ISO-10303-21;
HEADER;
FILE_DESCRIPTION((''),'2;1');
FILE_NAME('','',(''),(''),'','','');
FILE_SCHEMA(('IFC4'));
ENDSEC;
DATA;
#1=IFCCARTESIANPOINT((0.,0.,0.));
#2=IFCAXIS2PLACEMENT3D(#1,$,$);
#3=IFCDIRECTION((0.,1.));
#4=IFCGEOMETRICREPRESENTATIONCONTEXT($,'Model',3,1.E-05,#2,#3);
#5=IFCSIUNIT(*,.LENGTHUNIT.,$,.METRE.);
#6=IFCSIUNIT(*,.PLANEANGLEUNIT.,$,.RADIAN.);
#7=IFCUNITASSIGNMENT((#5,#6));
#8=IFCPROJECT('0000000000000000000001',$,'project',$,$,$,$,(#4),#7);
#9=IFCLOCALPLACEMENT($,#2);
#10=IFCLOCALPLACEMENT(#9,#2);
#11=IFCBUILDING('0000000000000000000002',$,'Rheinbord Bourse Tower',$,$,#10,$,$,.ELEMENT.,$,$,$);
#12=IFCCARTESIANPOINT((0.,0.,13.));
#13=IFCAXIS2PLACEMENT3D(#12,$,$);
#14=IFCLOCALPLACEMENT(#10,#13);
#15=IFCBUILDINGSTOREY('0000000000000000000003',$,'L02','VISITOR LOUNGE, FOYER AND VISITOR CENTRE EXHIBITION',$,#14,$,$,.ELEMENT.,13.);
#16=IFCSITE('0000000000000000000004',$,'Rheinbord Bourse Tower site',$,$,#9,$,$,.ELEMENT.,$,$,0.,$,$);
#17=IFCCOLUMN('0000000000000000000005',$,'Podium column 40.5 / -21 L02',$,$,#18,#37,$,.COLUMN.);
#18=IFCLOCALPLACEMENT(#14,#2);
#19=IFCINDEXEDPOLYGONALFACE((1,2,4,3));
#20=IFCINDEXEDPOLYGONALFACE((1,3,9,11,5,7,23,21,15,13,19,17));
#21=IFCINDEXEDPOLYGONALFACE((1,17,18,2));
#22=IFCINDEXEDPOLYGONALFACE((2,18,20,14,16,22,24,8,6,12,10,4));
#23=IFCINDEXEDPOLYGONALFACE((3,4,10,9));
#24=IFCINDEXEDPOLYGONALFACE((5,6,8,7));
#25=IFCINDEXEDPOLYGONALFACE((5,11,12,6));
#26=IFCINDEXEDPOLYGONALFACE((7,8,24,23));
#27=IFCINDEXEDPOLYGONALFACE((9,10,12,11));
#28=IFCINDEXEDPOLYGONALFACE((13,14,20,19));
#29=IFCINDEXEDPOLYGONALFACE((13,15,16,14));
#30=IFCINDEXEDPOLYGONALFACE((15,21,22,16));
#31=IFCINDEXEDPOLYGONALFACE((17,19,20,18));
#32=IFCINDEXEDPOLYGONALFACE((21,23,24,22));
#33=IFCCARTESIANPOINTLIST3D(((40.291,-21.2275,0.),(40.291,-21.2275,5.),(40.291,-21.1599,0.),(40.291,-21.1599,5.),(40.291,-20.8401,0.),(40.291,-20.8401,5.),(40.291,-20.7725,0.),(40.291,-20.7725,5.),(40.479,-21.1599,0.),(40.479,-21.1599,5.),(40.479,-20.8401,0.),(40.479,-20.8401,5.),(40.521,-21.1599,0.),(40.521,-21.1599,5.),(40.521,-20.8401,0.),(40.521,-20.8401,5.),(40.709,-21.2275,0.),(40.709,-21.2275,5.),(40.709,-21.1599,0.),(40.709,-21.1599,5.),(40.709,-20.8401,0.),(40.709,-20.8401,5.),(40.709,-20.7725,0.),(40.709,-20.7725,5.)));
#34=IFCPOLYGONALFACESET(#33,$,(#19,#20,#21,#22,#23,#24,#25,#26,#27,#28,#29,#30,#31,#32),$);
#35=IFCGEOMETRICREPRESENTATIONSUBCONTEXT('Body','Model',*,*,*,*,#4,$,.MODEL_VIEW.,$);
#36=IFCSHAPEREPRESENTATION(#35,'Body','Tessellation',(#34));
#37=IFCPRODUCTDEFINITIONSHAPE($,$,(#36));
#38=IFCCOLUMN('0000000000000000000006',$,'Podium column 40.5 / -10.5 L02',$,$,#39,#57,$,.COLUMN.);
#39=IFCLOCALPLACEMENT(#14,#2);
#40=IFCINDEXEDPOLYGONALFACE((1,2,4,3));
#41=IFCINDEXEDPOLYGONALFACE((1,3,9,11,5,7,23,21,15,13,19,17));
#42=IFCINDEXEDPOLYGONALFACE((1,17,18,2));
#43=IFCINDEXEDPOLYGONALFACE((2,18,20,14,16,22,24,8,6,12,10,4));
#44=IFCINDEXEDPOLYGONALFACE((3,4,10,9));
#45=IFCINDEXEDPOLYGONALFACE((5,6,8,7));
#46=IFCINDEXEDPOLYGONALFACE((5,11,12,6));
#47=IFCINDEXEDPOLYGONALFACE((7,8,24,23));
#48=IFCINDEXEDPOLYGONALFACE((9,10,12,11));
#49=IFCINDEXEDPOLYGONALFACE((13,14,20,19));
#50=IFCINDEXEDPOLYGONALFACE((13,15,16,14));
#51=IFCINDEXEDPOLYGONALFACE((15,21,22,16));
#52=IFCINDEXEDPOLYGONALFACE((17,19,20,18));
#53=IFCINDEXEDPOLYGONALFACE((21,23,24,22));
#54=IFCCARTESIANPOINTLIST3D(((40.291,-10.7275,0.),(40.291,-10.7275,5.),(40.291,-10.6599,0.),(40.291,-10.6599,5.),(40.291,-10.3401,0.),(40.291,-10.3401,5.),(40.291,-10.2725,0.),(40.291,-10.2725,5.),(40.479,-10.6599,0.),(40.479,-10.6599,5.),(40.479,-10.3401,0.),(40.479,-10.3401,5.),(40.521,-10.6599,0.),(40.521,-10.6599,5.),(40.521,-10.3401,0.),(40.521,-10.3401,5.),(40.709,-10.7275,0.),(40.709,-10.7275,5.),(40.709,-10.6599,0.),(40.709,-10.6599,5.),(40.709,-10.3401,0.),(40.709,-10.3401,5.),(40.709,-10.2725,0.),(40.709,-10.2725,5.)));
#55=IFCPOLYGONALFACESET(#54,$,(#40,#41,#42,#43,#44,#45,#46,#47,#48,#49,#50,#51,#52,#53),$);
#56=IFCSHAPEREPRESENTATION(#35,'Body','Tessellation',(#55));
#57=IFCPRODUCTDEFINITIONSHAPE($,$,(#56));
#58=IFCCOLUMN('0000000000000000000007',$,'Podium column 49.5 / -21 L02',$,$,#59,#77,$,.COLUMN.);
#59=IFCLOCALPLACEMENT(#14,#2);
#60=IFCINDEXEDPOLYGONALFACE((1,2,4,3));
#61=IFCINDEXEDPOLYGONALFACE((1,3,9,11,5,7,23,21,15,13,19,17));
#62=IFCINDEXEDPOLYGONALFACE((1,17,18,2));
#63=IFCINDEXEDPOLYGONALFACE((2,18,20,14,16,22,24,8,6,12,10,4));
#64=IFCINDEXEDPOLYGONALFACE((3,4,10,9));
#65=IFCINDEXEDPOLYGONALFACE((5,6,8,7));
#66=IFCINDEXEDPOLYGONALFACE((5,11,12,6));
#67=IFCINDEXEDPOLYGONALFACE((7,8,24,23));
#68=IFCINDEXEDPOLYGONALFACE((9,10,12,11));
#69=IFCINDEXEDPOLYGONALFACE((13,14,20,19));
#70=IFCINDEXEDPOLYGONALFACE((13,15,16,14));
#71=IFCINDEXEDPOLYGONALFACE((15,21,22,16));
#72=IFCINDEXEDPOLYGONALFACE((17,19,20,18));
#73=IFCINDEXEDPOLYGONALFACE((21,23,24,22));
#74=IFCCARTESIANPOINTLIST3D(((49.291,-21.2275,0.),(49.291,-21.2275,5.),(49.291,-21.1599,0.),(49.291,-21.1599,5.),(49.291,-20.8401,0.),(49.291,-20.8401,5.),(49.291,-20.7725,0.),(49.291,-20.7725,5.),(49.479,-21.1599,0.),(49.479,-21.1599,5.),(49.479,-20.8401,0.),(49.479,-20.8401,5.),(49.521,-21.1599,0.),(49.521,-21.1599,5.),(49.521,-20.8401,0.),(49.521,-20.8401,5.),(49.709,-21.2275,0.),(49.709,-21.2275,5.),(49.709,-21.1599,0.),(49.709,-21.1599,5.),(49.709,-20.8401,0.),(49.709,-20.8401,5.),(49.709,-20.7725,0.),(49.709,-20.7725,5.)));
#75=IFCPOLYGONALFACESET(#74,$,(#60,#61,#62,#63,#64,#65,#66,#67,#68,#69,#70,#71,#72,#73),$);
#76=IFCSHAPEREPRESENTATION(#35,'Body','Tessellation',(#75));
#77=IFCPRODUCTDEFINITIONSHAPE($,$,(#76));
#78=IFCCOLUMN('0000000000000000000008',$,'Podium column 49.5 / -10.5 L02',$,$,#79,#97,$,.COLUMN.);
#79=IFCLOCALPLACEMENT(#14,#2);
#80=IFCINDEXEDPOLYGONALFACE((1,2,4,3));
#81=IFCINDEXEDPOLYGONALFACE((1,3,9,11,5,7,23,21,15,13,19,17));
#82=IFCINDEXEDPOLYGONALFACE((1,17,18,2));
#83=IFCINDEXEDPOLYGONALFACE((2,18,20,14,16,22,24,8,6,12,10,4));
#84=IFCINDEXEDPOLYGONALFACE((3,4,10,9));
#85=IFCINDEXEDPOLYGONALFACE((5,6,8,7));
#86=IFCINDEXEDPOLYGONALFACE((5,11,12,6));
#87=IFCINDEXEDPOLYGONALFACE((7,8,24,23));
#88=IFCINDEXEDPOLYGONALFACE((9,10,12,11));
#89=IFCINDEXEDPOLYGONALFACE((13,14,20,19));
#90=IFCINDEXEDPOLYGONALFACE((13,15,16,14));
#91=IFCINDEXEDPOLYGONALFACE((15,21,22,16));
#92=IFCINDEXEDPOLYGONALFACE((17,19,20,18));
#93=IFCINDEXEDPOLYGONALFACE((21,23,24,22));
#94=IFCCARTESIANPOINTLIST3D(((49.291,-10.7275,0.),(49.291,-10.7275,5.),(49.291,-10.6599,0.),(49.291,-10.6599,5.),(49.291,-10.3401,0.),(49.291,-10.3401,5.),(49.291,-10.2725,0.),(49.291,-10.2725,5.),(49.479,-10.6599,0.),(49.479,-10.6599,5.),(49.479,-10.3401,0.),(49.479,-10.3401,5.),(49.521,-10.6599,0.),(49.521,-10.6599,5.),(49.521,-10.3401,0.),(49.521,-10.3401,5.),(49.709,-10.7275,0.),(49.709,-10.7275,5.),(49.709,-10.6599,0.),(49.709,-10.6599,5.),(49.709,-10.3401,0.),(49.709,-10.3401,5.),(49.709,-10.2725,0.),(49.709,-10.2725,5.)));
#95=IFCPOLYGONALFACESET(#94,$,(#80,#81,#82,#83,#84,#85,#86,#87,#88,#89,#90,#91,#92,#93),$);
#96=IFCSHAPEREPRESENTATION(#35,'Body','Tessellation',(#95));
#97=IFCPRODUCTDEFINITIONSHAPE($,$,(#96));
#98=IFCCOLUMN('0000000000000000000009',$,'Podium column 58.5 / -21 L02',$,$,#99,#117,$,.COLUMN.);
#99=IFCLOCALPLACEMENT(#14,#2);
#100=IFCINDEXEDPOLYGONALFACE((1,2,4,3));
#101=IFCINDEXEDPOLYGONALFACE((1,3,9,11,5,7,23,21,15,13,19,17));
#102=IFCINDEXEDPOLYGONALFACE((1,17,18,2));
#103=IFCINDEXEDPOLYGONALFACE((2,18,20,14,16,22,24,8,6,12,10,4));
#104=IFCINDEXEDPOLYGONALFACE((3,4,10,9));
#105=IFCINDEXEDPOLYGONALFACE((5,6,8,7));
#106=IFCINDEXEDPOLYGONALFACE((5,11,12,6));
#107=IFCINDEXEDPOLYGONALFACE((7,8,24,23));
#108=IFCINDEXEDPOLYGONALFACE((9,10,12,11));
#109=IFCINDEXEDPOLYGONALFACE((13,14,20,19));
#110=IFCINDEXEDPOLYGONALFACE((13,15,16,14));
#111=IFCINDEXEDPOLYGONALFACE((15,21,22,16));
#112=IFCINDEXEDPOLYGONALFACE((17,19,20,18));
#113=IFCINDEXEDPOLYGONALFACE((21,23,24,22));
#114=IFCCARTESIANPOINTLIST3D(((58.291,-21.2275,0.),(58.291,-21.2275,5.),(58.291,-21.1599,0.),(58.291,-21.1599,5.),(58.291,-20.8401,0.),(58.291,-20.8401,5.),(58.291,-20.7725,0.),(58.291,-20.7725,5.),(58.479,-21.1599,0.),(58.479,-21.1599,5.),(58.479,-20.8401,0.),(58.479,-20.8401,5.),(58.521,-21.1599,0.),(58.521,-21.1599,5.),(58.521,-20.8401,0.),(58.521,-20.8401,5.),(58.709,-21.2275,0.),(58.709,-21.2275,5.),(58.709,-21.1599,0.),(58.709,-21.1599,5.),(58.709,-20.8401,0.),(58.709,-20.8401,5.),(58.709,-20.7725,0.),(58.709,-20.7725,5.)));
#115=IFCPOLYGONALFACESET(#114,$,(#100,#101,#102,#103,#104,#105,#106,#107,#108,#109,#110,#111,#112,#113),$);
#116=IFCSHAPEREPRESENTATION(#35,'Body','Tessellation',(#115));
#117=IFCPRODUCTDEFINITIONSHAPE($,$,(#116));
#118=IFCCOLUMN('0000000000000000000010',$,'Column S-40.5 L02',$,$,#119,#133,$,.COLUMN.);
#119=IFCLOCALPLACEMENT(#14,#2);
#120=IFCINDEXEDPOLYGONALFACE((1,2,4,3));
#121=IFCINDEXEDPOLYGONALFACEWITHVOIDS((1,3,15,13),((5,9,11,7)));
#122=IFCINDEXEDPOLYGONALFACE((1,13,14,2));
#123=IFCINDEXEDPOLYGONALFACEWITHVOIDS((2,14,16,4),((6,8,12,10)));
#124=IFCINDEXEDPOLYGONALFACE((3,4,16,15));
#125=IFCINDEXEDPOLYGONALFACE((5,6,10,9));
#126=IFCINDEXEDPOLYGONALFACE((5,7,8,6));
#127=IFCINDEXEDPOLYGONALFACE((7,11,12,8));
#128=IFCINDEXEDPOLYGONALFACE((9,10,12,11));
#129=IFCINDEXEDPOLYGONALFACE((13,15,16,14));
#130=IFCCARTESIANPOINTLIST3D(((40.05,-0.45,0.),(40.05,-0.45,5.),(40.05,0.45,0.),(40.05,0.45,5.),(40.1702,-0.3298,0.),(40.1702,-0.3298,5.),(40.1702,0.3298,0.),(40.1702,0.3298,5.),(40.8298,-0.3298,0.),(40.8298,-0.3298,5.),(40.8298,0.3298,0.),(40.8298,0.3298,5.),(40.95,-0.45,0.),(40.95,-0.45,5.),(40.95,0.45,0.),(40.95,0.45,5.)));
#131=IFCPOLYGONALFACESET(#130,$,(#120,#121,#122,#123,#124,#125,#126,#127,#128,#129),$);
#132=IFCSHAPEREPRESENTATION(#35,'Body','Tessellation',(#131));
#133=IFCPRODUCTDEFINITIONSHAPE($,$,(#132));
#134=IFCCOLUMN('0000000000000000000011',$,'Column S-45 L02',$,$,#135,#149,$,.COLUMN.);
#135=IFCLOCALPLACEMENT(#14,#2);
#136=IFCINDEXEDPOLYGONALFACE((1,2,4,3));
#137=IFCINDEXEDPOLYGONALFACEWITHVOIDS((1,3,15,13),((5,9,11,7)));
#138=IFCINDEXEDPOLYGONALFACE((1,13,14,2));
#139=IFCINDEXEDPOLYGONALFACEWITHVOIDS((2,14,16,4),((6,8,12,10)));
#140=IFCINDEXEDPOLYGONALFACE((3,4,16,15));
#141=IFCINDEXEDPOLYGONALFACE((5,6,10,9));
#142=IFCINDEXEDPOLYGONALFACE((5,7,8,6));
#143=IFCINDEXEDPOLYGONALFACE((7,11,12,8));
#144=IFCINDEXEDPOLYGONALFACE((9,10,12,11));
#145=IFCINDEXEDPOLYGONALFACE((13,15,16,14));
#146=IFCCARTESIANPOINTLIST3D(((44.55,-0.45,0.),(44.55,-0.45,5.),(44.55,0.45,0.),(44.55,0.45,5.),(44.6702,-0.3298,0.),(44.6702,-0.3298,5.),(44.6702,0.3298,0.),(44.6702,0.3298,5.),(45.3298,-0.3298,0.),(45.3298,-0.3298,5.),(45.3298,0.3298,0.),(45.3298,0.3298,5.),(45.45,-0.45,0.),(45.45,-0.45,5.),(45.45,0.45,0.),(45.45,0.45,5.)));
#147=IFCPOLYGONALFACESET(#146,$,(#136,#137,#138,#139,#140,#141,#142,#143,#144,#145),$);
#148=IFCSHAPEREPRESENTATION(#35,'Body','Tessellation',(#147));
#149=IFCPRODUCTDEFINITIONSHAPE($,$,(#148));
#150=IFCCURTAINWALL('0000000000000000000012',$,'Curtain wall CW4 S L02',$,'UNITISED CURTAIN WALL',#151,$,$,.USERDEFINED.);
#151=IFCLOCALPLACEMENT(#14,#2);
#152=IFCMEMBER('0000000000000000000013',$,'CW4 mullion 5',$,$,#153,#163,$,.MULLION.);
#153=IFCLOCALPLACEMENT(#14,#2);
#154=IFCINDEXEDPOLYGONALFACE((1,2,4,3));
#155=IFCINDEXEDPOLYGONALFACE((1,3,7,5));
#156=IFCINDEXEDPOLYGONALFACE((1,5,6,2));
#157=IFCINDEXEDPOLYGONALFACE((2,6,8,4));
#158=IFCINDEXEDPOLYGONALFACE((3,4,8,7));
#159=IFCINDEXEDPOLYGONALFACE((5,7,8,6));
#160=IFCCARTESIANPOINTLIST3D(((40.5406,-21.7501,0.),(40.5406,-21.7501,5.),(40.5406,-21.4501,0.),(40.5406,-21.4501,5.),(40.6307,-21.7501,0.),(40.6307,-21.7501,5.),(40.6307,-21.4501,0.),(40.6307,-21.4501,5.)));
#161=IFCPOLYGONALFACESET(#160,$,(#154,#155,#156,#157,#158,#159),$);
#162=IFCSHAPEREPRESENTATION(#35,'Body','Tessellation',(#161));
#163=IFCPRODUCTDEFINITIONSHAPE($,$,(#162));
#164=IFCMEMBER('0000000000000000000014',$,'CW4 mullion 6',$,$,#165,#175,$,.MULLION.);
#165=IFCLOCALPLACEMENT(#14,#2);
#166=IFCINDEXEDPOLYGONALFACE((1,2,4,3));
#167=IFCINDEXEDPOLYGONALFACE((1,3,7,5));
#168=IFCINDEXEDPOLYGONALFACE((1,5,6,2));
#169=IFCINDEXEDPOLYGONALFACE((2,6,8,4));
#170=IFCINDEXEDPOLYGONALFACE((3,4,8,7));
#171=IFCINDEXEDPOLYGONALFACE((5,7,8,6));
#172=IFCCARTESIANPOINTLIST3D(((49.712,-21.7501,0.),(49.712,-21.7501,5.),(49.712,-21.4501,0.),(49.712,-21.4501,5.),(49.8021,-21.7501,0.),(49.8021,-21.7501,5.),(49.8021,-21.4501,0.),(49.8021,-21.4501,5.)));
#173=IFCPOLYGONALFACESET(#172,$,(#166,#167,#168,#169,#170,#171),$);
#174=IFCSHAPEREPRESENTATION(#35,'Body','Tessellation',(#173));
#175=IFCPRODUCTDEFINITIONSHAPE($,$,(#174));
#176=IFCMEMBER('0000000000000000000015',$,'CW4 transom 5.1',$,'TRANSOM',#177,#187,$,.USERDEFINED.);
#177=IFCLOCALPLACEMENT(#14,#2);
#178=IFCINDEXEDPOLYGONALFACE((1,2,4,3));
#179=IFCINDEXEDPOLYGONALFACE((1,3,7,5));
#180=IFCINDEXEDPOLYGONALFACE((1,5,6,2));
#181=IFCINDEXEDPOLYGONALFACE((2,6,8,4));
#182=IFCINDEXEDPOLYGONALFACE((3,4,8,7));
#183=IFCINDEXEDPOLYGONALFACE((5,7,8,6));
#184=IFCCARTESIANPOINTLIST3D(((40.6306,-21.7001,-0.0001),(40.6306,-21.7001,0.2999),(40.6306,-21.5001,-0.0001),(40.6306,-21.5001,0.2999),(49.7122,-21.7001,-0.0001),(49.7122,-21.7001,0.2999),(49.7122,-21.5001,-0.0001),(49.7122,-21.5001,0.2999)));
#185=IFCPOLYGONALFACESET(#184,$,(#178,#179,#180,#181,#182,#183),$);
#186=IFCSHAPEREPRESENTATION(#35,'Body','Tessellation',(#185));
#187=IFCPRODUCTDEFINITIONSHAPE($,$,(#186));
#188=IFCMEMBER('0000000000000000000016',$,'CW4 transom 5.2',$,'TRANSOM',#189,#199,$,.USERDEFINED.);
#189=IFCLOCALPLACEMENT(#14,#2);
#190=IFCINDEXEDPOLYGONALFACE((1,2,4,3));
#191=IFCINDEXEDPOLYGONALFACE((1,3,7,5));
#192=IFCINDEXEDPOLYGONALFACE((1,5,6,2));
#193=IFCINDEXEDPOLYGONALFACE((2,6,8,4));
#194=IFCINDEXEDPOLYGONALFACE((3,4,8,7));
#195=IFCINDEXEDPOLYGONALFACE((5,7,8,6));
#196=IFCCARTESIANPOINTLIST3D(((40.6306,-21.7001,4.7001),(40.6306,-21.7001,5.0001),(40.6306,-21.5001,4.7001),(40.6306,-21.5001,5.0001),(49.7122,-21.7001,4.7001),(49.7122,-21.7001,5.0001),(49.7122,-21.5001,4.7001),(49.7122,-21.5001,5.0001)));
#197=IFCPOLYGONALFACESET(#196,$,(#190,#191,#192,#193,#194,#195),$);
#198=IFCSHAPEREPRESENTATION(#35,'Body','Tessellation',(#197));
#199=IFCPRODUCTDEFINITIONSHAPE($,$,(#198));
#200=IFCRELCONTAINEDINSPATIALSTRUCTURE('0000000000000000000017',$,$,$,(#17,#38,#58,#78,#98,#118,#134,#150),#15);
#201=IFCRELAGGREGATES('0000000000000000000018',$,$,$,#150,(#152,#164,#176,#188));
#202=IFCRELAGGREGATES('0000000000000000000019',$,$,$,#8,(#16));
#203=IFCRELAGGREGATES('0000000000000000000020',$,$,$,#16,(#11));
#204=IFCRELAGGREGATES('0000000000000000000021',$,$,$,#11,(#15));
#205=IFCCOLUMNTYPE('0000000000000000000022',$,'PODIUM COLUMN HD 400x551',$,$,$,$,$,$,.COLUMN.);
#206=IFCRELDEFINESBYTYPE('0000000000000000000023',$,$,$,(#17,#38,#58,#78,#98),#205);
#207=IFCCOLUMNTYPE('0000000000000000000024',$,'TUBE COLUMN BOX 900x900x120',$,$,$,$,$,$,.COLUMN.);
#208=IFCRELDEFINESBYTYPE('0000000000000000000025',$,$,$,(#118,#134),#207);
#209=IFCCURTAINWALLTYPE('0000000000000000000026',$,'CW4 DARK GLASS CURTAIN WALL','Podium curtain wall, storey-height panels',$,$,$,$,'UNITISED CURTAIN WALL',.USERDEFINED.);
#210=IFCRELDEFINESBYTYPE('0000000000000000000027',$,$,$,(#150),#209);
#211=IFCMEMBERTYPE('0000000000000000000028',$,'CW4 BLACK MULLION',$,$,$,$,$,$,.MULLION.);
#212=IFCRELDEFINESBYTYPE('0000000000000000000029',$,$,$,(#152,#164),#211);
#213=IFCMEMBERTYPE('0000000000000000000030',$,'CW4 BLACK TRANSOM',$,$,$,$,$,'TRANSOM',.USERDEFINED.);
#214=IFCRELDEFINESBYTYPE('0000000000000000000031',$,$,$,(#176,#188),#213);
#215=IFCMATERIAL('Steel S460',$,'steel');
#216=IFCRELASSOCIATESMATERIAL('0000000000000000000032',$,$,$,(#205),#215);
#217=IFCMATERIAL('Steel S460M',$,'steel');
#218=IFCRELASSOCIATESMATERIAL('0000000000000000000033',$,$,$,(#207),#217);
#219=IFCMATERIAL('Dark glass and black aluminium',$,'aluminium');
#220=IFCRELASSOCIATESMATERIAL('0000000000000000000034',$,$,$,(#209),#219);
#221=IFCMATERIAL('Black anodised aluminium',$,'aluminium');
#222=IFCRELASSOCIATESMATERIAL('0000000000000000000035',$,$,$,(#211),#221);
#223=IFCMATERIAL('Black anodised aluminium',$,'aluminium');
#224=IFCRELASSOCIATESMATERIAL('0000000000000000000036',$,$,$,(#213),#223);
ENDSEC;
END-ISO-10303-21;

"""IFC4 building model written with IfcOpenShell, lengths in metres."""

from ifc_helpers import new_model, si_unit, direction, frame, origin, origin_2d, place, context, subcontext, project, spatial, rectangle, hollow_rectangle, i_section, extrude, material, material_profile, profile_set, type_object, element, aggregate, save


model = new_model("IFC4")

# Units and contexts
model_context = context("Model", 3, precision=1e-05, world=origin(), true_north=direction((0.0, 1.0)))
body_context = subcontext(model_context, "Body", "Model", "MODEL_VIEW")
ifc_project = project(units=[si_unit("LENGTHUNIT", "METRE"), si_unit("PLANEANGLEUNIT", "RADIAN")], contexts=[model_context])

# Site, building, storey
site_placement = place(None, origin())
site = spatial("IfcSite", under=ifc_project, at=site_placement, Name="Rheinbord Bourse Tower site", CompositionType="ELEMENT", RefElevation=0.0)
building_placement = place(site_placement, origin())
building = spatial("IfcBuilding", under=site, at=building_placement, Name="Rheinbord Bourse Tower", CompositionType="ELEMENT")
storey_placement = place(building_placement, frame((0.0, 0.0, 13.0)))
storey = spatial("IfcBuildingStorey", under=building, at=storey_placement, Name="L02", Description="VISITOR LOUNGE, FOYER AND VISITOR CENTRE EXHIBITION", CompositionType="ELEMENT", Elevation=13.0)

# Columns
ifc_material_1 = material(Name="Steel S460", Category="steel")
ifc_material_profile_1 = material_profile(ifc_material_1, i_section(OverallWidth=0.418, OverallDepth=0.4551, WebThickness=0.042, FlangeThickness=0.0676, at=origin_2d()), Name="HD 400x551")
ifc_profile_set_1 = profile_set([ifc_material_profile_1], Name="Steel S460")
column_type_1 = type_object("IfcColumnType", Name="PODIUM COLUMN HD 400x551", PredefinedType="COLUMN", material=ifc_profile_set_1)
for number, where, z_axis, x_axis, name in (
    (1, (40.5, -21.0, 0.0), (0.0, 0.0, 1.0), (1.0, 0.0, 0.0), "Podium column 40.5 / -21 L02"),
    (2, (40.5, -10.5, 0.0), (0.0, 0.0, 1.0), (1.0, 0.0, 0.0), "Podium column 40.5 / -10.5 L02"),
    (3, (49.5, -21.0, 0.0), (0.0, 0.0, 1.0), (1.0, 0.0, 0.0), "Podium column 49.5 / -21 L02"),
    (4, (49.5, -10.5, 0.0), (0.0, 0.0, 1.0), (1.0, 0.0, 0.0), "Podium column 49.5 / -10.5 L02"),
    (5, (58.5, -21.0, 0.0), (0.0, 0.0, 1.0), (1.0, 0.0, 0.0), "Podium column 58.5 / -21 L02"),
):
    element("IfcColumn", number, at=place(storey_placement, frame(where, z_axis=z_axis, x_axis=x_axis)), inside=storey, type_object=column_type_1, Name=name, PredefinedType="COLUMN", context=body_context, shape_type="SweptSolid", body=[
        extrude(i_section(OverallWidth=0.418, OverallDepth=0.4551, WebThickness=0.042, FlangeThickness=0.0676, at=origin_2d()), origin(), (0.0, 0.0, 1.0), 5.0),
    ])
ifc_material_2 = material(Name="Steel S460M", Category="steel")
ifc_material_profile_2 = material_profile(ifc_material_2, hollow_rectangle(XDim=0.8999, YDim=0.8999, WallThickness=0.1201, at=origin_2d()), Name="BOX 900x900x120")
ifc_profile_set_2 = profile_set([ifc_material_profile_2], Name="Steel S460M")
column_type_2 = type_object("IfcColumnType", Name="TUBE COLUMN BOX 900x900x120", PredefinedType="COLUMN", material=ifc_profile_set_2)
for number, where, z_axis, x_axis, name in (
    (6, (40.5, 0.0, 0.0), (0.0, 0.0, 1.0), (0.0, 1.0, 0.0), "Column S-40.5 L02"),
    (7, (45.0, 0.0, 0.0), (0.0, 0.0, 1.0), (0.0, 1.0, 0.0), "Column S-45 L02"),
):
    element("IfcColumn", number, at=place(storey_placement, frame(where, z_axis=z_axis, x_axis=x_axis)), inside=storey, type_object=column_type_2, Name=name, PredefinedType="COLUMN", context=body_context, shape_type="SweptSolid", body=[
        extrude(hollow_rectangle(XDim=0.8999, YDim=0.8999, WallThickness=0.1201, at=origin_2d()), origin(), (0.0, 0.0, 1.0), 5.0),
    ])

# Curtain wall, members
ifc_material_3 = material(Name="Dark glass and black aluminium", Category="aluminium")
curtain_wall_type = type_object("IfcCurtainWallType", Name="CW4 DARK GLASS CURTAIN WALL", Description="Podium curtain wall, storey-height panels", ElementType="UNITISED CURTAIN WALL", PredefinedType="USERDEFINED", material=ifc_material_3)
curtain_wall_placement = place(storey_placement, origin())
curtain_wall = element("IfcCurtainWall", 8, at=curtain_wall_placement, inside=storey, type_object=curtain_wall_type, Name="Curtain wall CW4 S L02", ObjectType="UNITISED CURTAIN WALL", PredefinedType="USERDEFINED")
ifc_material_4 = material(Name="Black anodised aluminium", Category="aluminium")
ifc_material_profile_3 = material_profile(ifc_material_4, rectangle(XDim=0.3, YDim=0.0901, at=origin_2d()), Name="CW4 MULLION 90x300")
ifc_profile_set_3 = profile_set([ifc_material_profile_3], Name="Black anodised aluminium")
member_type_1 = type_object("IfcMemberType", Name="CW4 BLACK MULLION", PredefinedType="MULLION", material=ifc_profile_set_3)
member_1_placement = place(storey_placement, frame((40.5857, -21.6001, 0.0), z_axis=(0.0, 0.0, 1.0), x_axis=(0.0, 1.0, 0.0)))
member_1 = element("IfcMember", 9, at=member_1_placement, type_object=member_type_1, Name="CW4 mullion 5", PredefinedType="MULLION", context=body_context, shape_type="SweptSolid", body=[
    extrude(rectangle(XDim=0.3, YDim=0.0901, at=origin_2d()), origin(), (0.0, 0.0, 1.0), 5.0),
])
member_2_placement = place(storey_placement, frame((49.7571, -21.6001, 0.0), z_axis=(0.0, 0.0, 1.0), x_axis=(0.0, 1.0, 0.0)))
member_2 = element("IfcMember", 10, at=member_2_placement, type_object=member_type_1, Name="CW4 mullion 6", PredefinedType="MULLION", context=body_context, shape_type="SweptSolid", body=[
    extrude(rectangle(XDim=0.3, YDim=0.0901, at=origin_2d()), origin(), (0.0, 0.0, 1.0), 5.0),
])
ifc_material_5 = material(Name="Black anodised aluminium", Category="aluminium")
ifc_material_profile_4 = material_profile(ifc_material_5, rectangle(XDim=0.2, YDim=0.3, at=origin_2d()), Name="CW4 TRANSOM 300x200")
ifc_profile_set_4 = profile_set([ifc_material_profile_4], Name="Black anodised aluminium")
member_type_2 = type_object("IfcMemberType", Name="CW4 BLACK TRANSOM", ElementType="TRANSOM", PredefinedType="USERDEFINED", material=ifc_profile_set_4)
member_3_placement = place(storey_placement, frame((40.6306, -21.6001, 0.1499), z_axis=(1.0, 0.0, 0.0), x_axis=(0.0, 1.0, 0.0)))
member_3 = element("IfcMember", 11, at=member_3_placement, type_object=member_type_2, Name="CW4 transom 5.1", ObjectType="TRANSOM", PredefinedType="USERDEFINED", context=body_context, shape_type="SweptSolid", body=[
    extrude(rectangle(XDim=0.2, YDim=0.3, at=origin_2d()), origin(), (0.0, 0.0, 1.0), 9.0815),
])
member_4_placement = place(storey_placement, frame((40.6306, -21.6001, 4.8501), z_axis=(1.0, 0.0, 0.0), x_axis=(0.0, 1.0, 0.0)))
member_4 = element("IfcMember", 12, at=member_4_placement, type_object=member_type_2, Name="CW4 transom 5.2", ObjectType="TRANSOM", PredefinedType="USERDEFINED", context=body_context, shape_type="SweptSolid", body=[
    extrude(rectangle(XDim=0.2, YDim=0.3, at=origin_2d()), origin(), (0.0, 0.0, 1.0), 9.0815),
])

aggregate(curtain_wall, [member_1, member_2, member_3, member_4])

save(model, "model.ifc")
